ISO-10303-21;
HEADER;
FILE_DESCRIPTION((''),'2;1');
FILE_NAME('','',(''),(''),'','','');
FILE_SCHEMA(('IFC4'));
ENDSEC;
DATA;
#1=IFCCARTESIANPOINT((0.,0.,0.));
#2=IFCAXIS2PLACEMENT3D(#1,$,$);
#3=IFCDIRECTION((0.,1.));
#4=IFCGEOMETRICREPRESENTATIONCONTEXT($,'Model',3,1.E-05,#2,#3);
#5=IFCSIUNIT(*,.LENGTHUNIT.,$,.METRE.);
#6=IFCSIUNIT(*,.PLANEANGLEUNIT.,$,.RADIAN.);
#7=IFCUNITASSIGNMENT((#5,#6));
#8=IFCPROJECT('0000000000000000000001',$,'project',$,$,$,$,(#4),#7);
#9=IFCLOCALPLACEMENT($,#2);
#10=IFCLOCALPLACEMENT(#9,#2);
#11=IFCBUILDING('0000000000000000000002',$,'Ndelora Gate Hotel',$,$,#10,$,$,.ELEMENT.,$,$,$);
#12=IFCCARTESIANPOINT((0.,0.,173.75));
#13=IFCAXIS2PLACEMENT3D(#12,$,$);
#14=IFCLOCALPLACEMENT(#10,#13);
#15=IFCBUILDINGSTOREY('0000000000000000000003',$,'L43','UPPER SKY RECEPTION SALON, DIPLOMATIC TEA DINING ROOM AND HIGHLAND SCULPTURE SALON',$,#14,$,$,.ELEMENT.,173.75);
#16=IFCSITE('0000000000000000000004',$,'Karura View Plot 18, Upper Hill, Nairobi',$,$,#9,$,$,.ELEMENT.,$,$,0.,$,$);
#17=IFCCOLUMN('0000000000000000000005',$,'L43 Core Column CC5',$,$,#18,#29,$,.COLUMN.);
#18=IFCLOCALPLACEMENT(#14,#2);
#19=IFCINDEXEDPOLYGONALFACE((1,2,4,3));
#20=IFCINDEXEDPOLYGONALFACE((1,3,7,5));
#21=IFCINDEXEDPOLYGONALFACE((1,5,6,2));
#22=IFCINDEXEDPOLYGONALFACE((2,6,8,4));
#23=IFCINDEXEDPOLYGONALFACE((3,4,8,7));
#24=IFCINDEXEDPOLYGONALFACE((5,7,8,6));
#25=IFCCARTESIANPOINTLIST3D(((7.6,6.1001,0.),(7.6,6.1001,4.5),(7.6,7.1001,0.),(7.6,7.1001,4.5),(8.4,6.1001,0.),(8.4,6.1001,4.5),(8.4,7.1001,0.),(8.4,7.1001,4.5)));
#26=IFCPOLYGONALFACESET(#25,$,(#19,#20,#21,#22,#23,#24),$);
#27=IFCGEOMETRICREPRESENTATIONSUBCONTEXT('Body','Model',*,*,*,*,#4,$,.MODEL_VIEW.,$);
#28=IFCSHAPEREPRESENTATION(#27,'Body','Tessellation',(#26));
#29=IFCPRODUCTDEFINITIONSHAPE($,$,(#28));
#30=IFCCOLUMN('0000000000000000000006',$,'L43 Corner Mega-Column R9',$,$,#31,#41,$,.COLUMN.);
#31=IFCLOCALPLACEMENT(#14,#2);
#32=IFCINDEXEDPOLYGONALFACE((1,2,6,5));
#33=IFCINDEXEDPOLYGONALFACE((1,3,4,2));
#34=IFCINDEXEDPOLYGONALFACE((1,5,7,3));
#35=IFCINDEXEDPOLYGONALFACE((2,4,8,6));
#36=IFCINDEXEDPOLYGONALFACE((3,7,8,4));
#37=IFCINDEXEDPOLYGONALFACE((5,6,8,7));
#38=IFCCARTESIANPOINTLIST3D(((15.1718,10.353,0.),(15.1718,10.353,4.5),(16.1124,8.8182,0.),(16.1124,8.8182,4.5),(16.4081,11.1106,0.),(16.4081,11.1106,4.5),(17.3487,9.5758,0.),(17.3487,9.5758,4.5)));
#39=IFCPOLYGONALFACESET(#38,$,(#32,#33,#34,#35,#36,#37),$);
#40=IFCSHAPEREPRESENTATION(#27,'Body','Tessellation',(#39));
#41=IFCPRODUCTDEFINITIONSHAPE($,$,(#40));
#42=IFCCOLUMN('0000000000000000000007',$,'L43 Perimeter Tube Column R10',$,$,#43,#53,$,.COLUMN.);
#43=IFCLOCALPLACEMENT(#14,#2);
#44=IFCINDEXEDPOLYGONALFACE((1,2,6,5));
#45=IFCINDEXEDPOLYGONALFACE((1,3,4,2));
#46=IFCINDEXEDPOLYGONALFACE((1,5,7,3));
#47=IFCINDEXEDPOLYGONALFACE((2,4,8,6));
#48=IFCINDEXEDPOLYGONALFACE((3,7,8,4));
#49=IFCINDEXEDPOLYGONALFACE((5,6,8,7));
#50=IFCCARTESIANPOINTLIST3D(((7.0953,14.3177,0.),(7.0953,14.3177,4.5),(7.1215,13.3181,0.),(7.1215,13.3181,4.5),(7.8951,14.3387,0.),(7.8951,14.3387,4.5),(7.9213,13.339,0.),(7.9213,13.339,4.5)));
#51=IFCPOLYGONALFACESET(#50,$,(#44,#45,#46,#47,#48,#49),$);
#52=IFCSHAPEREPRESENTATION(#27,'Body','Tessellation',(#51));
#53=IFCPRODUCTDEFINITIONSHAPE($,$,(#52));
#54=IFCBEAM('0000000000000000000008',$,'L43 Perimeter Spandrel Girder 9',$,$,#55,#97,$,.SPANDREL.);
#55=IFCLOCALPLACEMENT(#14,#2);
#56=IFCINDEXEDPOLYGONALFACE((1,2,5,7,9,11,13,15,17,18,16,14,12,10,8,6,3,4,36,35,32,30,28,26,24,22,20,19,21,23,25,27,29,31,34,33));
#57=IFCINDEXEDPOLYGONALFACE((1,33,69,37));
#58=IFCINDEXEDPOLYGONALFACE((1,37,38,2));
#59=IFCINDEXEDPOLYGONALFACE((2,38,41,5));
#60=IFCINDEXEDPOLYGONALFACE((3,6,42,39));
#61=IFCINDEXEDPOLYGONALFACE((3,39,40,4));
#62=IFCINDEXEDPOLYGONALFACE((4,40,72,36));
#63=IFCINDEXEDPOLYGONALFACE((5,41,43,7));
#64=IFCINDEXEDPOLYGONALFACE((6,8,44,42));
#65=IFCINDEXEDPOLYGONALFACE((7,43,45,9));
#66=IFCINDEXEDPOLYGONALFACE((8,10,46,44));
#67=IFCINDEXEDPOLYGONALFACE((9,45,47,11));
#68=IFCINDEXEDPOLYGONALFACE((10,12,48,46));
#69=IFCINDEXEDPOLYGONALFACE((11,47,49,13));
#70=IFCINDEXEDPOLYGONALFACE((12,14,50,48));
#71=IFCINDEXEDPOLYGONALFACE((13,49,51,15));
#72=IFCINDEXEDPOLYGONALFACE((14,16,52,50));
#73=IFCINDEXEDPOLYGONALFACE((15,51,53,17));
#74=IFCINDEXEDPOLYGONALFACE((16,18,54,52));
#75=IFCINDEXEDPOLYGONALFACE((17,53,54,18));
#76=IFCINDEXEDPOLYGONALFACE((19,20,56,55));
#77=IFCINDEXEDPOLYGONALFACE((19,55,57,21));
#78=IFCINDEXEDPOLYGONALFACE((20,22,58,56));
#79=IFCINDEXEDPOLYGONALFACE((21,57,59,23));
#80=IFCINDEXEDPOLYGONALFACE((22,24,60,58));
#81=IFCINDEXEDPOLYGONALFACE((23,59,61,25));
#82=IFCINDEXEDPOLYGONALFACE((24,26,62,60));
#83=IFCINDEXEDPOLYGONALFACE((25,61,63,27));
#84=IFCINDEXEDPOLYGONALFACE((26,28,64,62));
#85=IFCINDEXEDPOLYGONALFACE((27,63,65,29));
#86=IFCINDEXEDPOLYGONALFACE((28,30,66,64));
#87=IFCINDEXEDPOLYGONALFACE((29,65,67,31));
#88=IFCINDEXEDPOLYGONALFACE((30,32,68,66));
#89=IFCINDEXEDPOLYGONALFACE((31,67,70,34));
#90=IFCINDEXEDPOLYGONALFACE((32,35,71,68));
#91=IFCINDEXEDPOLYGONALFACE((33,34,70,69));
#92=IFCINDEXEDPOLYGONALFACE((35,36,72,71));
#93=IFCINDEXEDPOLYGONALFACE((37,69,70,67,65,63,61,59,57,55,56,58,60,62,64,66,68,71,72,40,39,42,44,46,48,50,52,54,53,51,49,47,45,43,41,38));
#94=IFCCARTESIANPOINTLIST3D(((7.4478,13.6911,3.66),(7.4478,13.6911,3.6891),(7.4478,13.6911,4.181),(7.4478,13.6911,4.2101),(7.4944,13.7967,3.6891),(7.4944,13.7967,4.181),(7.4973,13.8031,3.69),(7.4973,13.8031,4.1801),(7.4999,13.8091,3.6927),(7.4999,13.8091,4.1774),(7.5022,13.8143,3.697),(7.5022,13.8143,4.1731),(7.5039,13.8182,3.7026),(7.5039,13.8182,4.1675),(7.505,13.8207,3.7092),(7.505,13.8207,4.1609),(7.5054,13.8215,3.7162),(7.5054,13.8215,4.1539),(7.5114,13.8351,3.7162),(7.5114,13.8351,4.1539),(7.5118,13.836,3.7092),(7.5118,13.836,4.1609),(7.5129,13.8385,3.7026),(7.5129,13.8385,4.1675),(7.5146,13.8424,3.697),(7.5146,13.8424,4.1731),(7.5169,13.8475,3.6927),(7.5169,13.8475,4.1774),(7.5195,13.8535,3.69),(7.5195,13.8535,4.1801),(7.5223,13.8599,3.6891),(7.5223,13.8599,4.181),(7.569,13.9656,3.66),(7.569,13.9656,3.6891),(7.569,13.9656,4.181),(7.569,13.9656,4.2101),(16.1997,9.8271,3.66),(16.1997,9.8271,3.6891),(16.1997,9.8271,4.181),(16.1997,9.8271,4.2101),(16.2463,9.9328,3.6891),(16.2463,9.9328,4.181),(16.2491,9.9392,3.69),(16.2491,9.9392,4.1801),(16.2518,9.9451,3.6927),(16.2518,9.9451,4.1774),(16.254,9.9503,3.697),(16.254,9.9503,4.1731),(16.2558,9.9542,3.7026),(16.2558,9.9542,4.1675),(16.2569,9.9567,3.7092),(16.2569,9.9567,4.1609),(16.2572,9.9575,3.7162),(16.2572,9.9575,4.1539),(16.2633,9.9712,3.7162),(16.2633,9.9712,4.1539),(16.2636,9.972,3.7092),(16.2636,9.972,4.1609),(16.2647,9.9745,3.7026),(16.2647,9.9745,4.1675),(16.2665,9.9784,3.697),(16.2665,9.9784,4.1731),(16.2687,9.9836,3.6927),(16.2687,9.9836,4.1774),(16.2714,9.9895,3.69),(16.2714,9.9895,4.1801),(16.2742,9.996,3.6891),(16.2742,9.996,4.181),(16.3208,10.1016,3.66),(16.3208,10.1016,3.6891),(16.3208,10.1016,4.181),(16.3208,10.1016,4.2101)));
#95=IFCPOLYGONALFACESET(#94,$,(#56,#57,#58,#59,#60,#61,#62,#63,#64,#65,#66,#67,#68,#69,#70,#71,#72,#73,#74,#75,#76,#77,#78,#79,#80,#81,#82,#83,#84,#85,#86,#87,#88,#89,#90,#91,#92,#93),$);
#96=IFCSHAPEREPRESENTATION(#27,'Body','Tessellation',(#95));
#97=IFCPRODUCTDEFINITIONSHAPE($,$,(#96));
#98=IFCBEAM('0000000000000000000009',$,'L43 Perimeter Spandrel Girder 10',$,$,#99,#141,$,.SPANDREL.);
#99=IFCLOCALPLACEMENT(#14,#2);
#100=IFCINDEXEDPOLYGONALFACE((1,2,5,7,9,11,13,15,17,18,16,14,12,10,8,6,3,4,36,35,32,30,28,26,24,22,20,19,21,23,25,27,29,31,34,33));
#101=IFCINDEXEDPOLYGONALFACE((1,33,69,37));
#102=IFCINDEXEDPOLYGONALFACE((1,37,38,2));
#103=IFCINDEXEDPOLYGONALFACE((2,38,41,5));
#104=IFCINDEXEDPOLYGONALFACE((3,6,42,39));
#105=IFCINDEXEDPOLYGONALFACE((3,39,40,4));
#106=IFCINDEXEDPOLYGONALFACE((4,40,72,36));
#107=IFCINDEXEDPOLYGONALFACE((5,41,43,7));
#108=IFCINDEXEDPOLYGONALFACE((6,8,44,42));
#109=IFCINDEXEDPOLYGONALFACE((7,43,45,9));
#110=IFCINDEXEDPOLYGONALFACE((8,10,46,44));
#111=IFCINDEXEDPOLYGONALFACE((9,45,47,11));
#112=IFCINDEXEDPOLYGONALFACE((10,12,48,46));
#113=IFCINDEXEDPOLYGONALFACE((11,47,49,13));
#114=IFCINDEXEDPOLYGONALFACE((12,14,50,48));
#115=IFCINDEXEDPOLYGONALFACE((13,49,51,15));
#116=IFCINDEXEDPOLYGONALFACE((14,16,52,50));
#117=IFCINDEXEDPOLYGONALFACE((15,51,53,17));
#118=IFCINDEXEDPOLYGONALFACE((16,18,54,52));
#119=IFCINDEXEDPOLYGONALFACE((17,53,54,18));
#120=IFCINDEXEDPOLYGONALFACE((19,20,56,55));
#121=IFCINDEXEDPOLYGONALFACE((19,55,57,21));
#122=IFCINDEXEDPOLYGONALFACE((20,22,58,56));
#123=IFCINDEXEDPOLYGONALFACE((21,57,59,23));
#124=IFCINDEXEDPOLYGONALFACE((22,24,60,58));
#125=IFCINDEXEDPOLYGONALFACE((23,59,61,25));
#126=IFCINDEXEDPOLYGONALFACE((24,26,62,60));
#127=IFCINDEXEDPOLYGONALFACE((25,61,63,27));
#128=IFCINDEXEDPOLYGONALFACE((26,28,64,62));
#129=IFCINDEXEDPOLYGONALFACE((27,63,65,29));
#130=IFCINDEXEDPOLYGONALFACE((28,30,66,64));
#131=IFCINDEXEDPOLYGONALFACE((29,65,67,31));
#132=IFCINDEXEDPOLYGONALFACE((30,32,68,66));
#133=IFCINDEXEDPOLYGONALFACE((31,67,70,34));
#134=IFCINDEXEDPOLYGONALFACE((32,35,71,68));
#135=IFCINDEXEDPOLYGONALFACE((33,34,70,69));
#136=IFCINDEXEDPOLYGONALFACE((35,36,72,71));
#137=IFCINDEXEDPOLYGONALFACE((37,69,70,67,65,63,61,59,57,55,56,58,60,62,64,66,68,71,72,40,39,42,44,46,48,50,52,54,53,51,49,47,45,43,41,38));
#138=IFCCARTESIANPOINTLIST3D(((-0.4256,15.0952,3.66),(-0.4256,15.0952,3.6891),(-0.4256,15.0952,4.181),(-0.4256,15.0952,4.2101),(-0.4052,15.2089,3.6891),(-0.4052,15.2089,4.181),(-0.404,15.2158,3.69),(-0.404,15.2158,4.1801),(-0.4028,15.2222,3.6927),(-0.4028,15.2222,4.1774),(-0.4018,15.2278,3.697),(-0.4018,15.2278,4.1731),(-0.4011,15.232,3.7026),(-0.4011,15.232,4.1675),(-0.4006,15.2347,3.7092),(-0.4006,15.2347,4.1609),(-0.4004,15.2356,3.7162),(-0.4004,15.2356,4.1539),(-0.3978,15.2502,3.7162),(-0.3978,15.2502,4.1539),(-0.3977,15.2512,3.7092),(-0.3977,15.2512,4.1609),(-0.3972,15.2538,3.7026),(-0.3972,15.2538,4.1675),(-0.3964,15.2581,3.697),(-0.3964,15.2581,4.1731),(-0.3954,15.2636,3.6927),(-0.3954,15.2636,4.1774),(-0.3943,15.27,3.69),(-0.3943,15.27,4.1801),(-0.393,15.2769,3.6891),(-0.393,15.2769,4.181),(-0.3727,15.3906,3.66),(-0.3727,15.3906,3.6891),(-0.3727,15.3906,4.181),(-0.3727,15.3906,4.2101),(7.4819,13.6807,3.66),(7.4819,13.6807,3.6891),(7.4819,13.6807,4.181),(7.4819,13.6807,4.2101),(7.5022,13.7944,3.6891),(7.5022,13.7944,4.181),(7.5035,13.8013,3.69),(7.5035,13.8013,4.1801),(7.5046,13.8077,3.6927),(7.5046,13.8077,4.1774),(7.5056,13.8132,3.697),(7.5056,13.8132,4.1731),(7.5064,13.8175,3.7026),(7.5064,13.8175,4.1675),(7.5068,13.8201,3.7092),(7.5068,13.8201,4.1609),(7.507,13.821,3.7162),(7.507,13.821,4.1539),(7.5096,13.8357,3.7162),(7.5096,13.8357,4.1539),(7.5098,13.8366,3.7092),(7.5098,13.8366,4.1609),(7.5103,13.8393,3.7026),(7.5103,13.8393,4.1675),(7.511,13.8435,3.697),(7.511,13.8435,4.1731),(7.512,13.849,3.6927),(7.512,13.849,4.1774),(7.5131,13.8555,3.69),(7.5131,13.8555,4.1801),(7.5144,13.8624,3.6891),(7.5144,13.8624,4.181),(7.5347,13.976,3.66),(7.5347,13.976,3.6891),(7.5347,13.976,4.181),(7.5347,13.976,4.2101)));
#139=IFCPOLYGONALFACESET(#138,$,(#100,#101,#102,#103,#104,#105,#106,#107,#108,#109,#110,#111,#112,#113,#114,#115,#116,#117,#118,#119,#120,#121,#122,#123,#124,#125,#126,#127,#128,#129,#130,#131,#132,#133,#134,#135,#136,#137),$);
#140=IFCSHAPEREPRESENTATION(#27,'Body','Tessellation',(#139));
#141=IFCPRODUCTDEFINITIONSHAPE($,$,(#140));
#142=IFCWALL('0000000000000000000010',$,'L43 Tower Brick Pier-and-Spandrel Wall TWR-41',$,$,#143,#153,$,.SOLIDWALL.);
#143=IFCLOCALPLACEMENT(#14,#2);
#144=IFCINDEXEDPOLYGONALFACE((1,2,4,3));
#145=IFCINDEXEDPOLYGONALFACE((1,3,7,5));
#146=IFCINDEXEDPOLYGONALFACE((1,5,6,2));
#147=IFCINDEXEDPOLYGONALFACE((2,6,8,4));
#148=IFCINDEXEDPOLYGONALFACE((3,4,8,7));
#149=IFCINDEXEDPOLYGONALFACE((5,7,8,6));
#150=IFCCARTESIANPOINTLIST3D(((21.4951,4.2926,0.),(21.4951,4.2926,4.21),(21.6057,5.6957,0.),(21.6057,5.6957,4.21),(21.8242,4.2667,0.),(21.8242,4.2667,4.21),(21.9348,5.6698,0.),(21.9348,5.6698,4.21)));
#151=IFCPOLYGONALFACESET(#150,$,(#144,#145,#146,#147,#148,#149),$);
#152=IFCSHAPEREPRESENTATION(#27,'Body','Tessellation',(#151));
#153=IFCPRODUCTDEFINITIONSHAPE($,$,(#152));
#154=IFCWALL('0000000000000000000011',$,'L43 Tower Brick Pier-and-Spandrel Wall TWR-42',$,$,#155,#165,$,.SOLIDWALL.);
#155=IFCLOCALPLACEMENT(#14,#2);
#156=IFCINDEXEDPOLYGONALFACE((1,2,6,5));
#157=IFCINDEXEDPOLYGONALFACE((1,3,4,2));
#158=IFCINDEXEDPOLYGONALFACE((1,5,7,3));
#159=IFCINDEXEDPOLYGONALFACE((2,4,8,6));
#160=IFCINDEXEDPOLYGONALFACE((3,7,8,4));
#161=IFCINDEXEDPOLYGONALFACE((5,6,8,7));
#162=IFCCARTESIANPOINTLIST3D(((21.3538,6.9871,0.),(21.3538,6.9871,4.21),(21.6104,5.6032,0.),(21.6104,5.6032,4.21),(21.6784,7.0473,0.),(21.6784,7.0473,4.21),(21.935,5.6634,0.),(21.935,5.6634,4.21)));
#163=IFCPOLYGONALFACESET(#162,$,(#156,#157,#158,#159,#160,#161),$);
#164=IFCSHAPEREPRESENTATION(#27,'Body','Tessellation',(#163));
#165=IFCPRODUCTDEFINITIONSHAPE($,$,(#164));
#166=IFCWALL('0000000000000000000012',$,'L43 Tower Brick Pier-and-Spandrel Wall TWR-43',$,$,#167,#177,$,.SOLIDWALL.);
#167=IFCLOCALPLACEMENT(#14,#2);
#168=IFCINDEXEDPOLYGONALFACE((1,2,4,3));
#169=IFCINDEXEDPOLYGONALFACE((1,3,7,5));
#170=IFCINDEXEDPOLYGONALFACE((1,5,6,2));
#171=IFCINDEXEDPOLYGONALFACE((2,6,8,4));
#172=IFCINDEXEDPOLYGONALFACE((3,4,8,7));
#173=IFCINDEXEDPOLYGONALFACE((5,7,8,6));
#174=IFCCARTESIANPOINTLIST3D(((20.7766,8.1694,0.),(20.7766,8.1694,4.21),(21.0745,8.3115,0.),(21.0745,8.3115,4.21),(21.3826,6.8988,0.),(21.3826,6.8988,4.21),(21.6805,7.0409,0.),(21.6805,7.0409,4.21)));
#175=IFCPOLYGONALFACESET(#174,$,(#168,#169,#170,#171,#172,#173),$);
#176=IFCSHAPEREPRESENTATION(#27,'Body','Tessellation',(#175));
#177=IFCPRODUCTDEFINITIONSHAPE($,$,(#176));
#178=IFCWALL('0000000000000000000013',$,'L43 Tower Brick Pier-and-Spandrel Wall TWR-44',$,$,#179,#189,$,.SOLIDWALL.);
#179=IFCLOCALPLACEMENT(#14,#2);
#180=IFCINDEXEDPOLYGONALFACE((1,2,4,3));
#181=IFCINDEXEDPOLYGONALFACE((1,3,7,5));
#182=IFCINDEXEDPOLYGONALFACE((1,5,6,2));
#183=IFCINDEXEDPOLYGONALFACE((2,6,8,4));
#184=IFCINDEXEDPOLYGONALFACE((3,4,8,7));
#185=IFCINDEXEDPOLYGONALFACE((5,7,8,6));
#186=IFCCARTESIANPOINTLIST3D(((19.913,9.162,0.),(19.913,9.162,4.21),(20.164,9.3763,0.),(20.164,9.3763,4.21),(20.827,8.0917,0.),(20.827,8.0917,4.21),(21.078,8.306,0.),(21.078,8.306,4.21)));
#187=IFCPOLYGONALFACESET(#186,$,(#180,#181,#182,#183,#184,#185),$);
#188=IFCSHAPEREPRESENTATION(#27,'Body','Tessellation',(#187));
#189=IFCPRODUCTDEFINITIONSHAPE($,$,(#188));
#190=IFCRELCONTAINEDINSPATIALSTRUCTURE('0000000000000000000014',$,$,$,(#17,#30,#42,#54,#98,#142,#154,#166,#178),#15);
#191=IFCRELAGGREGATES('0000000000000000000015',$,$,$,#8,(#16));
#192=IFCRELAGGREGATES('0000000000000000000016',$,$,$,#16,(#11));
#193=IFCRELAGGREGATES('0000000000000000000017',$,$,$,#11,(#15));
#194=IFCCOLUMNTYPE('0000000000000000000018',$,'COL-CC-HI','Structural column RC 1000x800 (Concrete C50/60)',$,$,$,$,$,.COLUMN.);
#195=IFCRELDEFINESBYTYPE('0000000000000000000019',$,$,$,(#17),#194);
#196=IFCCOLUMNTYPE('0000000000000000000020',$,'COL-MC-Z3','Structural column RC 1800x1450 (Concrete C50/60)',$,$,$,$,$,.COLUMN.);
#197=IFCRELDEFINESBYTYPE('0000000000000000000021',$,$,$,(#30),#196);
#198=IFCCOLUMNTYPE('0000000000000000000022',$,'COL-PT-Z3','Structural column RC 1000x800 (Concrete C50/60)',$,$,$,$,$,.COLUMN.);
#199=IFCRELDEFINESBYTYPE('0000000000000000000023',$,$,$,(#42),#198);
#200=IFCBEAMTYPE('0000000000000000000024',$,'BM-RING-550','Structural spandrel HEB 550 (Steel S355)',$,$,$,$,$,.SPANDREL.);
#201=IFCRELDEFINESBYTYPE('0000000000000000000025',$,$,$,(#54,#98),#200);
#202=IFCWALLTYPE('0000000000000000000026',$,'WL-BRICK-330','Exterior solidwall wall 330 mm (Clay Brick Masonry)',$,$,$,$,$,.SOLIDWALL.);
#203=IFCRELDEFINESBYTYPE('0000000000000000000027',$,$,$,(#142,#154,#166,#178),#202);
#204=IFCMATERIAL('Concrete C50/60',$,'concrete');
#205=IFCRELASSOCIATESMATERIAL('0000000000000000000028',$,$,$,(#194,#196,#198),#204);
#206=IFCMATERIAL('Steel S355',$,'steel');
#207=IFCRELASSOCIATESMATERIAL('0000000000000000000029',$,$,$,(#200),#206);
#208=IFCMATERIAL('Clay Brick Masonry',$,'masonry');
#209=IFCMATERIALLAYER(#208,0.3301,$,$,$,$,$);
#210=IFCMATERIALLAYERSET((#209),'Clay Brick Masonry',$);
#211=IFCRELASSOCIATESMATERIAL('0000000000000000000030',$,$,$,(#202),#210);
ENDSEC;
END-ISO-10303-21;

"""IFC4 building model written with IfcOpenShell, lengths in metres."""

from ifc_helpers import new_model, si_unit, direction, frame, frame_2d, origin, origin_2d, place, context, subcontext, project, spatial, rectangle, i_section, extrude, material, layer, layer_set, material_profile, profile_set, type_object, element, save


model = new_model("IFC4")

# Units and contexts
model_context = context("Model", 3, precision=1e-05, world=origin(), true_north=direction((0.0, 1.0)))
body_context = subcontext(model_context, "Body", "Model", "MODEL_VIEW")
ifc_project = project(units=[si_unit("LENGTHUNIT", "METRE"), si_unit("PLANEANGLEUNIT", "RADIAN")], contexts=[model_context])

# Site, building, storey
site_placement = place(None, origin())
site = spatial("IfcSite", under=ifc_project, at=site_placement, Name="Karura View Plot 18, Upper Hill, Nairobi", CompositionType="ELEMENT", RefElevation=0.0)
building_placement = place(site_placement, origin())
building = spatial("IfcBuilding", under=site, at=building_placement, Name="Ndelora Gate Hotel", CompositionType="ELEMENT")
storey_placement = place(building_placement, frame((0.0, 0.0, 173.75)))
storey = spatial("IfcBuildingStorey", under=building, at=storey_placement, Name="L43", Description="UPPER SKY RECEPTION SALON, DIPLOMATIC TEA DINING ROOM AND HIGHLAND SCULPTURE SALON", CompositionType="ELEMENT", Elevation=173.75)

# Columns
ifc_material_1 = material(Name="Concrete C50/60", Category="concrete")
ifc_material_profile_1 = material_profile(ifc_material_1, rectangle(XDim=0.8, YDim=1.0, at=origin_2d()), Name="RC 1000x800")
ifc_profile_set_1 = profile_set([ifc_material_profile_1], Name="Concrete C50/60")
column_type_1 = type_object("IfcColumnType", Name="COL-CC-HI", Description="Structural column RC 1000x800 (Concrete C50/60)", PredefinedType="COLUMN", material=ifc_profile_set_1)
column_1_placement = place(storey_placement, frame((8.0, 6.6001, 0.0), z_axis=(0.0, 0.0, 1.0), x_axis=(1.0, 0.0, 0.0)))
element("IfcColumn", 1, at=column_1_placement, inside=storey, type_object=column_type_1, Name="L43 Core Column CC5", PredefinedType="COLUMN", context=body_context, shape_type="SweptSolid", body=[
    extrude(rectangle(XDim=0.8, YDim=1.0, at=origin_2d()), origin(), (0.0, 0.0, 1.0), 4.5),
])
ifc_material_profile_2 = material_profile(ifc_material_1, rectangle(XDim=1.45, YDim=1.8, at=origin_2d()), Name="RC 1800x1450")
ifc_profile_set_2 = profile_set([ifc_material_profile_2], Name="Concrete C50/60")
column_type_2 = type_object("IfcColumnType", Name="COL-MC-Z3", Description="Structural column RC 1800x1450 (Concrete C50/60)", PredefinedType="COLUMN", material=ifc_profile_set_2)
column_2_placement = place(storey_placement, frame((16.2603, 9.9644, 0.0), z_axis=(0.0, 0.0, 1.0), x_axis=(0.85264, 0.522499, 0.0)))
element("IfcColumn", 2, at=column_2_placement, inside=storey, type_object=column_type_2, Name="L43 Corner Mega-Column R9", PredefinedType="COLUMN", context=body_context, shape_type="SweptSolid", body=[
    extrude(rectangle(XDim=1.45, YDim=1.8, at=origin_2d()), origin(), (0.0, 0.0, 1.0), 4.5),
])
ifc_material_profile_3 = material_profile(ifc_material_1, rectangle(XDim=0.8, YDim=1.0, at=origin_2d()), Name="RC 1000x800")
ifc_profile_set_3 = profile_set([ifc_material_profile_3], Name="Concrete C50/60")
column_type_3 = type_object("IfcColumnType", Name="COL-PT-Z3", Description="Structural column RC 1000x800 (Concrete C50/60)", PredefinedType="COLUMN", material=ifc_profile_set_3)
column_3_placement = place(storey_placement, frame((7.5083, 13.8284, 0.0), z_axis=(0.0, 0.0, 1.0), x_axis=(0.999657, 0.026177, 0.0)))
element("IfcColumn", 3, at=column_3_placement, inside=storey, type_object=column_type_3, Name="L43 Perimeter Tube Column R10", PredefinedType="COLUMN", context=body_context, shape_type="SweptSolid", body=[
    extrude(rectangle(XDim=0.8, YDim=1.0, at=origin_2d()), origin(), (0.0, 0.0, 1.0), 4.5),
])

# Beams
ifc_material_2 = material(Name="Steel S355", Category="steel")
ifc_material_profile_4 = material_profile(ifc_material_2, i_section(OverallWidth=0.3, OverallDepth=0.55, WebThickness=0.0149, FlangeThickness=0.0291, FilletRadius=0.0271, at=origin_2d()), Name="HEB 550")
ifc_profile_set_4 = profile_set([ifc_material_profile_4], Name="Steel S355")
beam_type = type_object("IfcBeamType", Name="BM-RING-550", Description="Structural spandrel HEB 550 (Steel S355)", PredefinedType="SPANDREL", material=ifc_profile_set_4)
beam_1_placement = place(storey_placement, frame((16.2603, 9.9644, 3.9351), z_axis=(-0.914807, 0.40389, 0.0), x_axis=(-0.40389, -0.914807, 0.0)))
element("IfcBeam", 4, at=beam_1_placement, inside=storey, type_object=beam_type, Name="L43 Perimeter Spandrel Girder 9", PredefinedType="SPANDREL", context=body_context, shape_type="SweptSolid", body=[
    extrude(i_section(OverallWidth=0.3, OverallDepth=0.55, WebThickness=0.0149, FlangeThickness=0.0291, FilletRadius=0.0271, at=origin_2d()), origin(), (0.0, 0.0, 1.0), 9.5669),
])
beam_2_placement = place(storey_placement, frame((7.5083, 13.8284, 3.9351), z_axis=(-0.984374, 0.176093, 0.0), x_axis=(-0.176093, -0.984374, 0.0)))
element("IfcBeam", 5, at=beam_2_placement, inside=storey, type_object=beam_type, Name="L43 Perimeter Spandrel Girder 10", PredefinedType="SPANDREL", context=body_context, shape_type="SweptSolid", body=[
    extrude(i_section(OverallWidth=0.3, OverallDepth=0.55, WebThickness=0.0149, FlangeThickness=0.0291, FilletRadius=0.0271, at=origin_2d()), origin(), (0.0, 0.0, 1.0), 8.033),
])

# Walls
ifc_material_3 = material(Name="Clay Brick Masonry", Category="masonry")
ifc_layer_1 = layer(ifc_material_3, 0.3301)
ifc_layer_set_1 = layer_set([ifc_layer_1], Name="Clay Brick Masonry")
wall_type_1 = type_object("IfcWallType", Name="WL-BRICK-330", Description="Exterior solidwall wall 330 mm (Clay Brick Masonry)", PredefinedType="SOLIDWALL", material=ifc_layer_set_1)
for number, where, z_axis, x_axis, name in (
    (6, (21.7703, 5.6826, 0.0), (0.0, 0.0, 1.0), (-0.07858, -0.996908, 0.0), "L43 Tower Brick Pier-and-Spandrel Wall TWR-41"),
    (7, (21.5161, 7.0171, 0.0), (0.0, 0.0, 1.0), (0.182319, -0.983239, 0.0), "L43 Tower Brick Pier-and-Spandrel Wall TWR-42"),
):
    element("IfcWall", number, at=place(storey_placement, frame(where, z_axis=z_axis, x_axis=x_axis)), inside=storey, type_object=wall_type_1, Name=name, PredefinedType="SOLIDWALL", context=body_context, shape_type="SweptSolid", body=[
        extrude(rectangle(XDim=1.4075, YDim=0.3301, at=frame_2d((0.7036, 0.0))), origin(), (0.0, 0.0, 1.0), 4.21),
    ])
wall_1_placement = place(storey_placement, frame((20.9255, 8.2405, 0.0), z_axis=(0.0, 0.0, 1.0), x_axis=(0.430486, -0.902597, 0.0)))
element("IfcWall", 8, at=wall_1_placement, inside=storey, type_object=wall_type_1, Name="L43 Tower Brick Pier-and-Spandrel Wall TWR-43", PredefinedType="SOLIDWALL", context=body_context, shape_type="SweptSolid", body=[
    extrude(rectangle(XDim=1.4077, YDim=0.3301, at=frame_2d((0.7039, 0.0))), origin(), (0.0, 0.0, 1.0), 4.21),
])
wall_2_placement = place(storey_placement, frame((20.0386, 9.269, 0.0), z_axis=(0.0, 0.0, 1.0), x_axis=(0.649419, -0.760431, 0.0)))
element("IfcWall", 9, at=wall_2_placement, inside=storey, type_object=wall_type_1, Name="L43 Tower Brick Pier-and-Spandrel Wall TWR-44", PredefinedType="SOLIDWALL", context=body_context, shape_type="SweptSolid", body=[
    extrude(rectangle(XDim=1.4075, YDim=0.3301, at=frame_2d((0.7036, 0.0))), origin(), (0.0, 0.0, 1.0), 4.21),
])

save(model, "model.ifc")
